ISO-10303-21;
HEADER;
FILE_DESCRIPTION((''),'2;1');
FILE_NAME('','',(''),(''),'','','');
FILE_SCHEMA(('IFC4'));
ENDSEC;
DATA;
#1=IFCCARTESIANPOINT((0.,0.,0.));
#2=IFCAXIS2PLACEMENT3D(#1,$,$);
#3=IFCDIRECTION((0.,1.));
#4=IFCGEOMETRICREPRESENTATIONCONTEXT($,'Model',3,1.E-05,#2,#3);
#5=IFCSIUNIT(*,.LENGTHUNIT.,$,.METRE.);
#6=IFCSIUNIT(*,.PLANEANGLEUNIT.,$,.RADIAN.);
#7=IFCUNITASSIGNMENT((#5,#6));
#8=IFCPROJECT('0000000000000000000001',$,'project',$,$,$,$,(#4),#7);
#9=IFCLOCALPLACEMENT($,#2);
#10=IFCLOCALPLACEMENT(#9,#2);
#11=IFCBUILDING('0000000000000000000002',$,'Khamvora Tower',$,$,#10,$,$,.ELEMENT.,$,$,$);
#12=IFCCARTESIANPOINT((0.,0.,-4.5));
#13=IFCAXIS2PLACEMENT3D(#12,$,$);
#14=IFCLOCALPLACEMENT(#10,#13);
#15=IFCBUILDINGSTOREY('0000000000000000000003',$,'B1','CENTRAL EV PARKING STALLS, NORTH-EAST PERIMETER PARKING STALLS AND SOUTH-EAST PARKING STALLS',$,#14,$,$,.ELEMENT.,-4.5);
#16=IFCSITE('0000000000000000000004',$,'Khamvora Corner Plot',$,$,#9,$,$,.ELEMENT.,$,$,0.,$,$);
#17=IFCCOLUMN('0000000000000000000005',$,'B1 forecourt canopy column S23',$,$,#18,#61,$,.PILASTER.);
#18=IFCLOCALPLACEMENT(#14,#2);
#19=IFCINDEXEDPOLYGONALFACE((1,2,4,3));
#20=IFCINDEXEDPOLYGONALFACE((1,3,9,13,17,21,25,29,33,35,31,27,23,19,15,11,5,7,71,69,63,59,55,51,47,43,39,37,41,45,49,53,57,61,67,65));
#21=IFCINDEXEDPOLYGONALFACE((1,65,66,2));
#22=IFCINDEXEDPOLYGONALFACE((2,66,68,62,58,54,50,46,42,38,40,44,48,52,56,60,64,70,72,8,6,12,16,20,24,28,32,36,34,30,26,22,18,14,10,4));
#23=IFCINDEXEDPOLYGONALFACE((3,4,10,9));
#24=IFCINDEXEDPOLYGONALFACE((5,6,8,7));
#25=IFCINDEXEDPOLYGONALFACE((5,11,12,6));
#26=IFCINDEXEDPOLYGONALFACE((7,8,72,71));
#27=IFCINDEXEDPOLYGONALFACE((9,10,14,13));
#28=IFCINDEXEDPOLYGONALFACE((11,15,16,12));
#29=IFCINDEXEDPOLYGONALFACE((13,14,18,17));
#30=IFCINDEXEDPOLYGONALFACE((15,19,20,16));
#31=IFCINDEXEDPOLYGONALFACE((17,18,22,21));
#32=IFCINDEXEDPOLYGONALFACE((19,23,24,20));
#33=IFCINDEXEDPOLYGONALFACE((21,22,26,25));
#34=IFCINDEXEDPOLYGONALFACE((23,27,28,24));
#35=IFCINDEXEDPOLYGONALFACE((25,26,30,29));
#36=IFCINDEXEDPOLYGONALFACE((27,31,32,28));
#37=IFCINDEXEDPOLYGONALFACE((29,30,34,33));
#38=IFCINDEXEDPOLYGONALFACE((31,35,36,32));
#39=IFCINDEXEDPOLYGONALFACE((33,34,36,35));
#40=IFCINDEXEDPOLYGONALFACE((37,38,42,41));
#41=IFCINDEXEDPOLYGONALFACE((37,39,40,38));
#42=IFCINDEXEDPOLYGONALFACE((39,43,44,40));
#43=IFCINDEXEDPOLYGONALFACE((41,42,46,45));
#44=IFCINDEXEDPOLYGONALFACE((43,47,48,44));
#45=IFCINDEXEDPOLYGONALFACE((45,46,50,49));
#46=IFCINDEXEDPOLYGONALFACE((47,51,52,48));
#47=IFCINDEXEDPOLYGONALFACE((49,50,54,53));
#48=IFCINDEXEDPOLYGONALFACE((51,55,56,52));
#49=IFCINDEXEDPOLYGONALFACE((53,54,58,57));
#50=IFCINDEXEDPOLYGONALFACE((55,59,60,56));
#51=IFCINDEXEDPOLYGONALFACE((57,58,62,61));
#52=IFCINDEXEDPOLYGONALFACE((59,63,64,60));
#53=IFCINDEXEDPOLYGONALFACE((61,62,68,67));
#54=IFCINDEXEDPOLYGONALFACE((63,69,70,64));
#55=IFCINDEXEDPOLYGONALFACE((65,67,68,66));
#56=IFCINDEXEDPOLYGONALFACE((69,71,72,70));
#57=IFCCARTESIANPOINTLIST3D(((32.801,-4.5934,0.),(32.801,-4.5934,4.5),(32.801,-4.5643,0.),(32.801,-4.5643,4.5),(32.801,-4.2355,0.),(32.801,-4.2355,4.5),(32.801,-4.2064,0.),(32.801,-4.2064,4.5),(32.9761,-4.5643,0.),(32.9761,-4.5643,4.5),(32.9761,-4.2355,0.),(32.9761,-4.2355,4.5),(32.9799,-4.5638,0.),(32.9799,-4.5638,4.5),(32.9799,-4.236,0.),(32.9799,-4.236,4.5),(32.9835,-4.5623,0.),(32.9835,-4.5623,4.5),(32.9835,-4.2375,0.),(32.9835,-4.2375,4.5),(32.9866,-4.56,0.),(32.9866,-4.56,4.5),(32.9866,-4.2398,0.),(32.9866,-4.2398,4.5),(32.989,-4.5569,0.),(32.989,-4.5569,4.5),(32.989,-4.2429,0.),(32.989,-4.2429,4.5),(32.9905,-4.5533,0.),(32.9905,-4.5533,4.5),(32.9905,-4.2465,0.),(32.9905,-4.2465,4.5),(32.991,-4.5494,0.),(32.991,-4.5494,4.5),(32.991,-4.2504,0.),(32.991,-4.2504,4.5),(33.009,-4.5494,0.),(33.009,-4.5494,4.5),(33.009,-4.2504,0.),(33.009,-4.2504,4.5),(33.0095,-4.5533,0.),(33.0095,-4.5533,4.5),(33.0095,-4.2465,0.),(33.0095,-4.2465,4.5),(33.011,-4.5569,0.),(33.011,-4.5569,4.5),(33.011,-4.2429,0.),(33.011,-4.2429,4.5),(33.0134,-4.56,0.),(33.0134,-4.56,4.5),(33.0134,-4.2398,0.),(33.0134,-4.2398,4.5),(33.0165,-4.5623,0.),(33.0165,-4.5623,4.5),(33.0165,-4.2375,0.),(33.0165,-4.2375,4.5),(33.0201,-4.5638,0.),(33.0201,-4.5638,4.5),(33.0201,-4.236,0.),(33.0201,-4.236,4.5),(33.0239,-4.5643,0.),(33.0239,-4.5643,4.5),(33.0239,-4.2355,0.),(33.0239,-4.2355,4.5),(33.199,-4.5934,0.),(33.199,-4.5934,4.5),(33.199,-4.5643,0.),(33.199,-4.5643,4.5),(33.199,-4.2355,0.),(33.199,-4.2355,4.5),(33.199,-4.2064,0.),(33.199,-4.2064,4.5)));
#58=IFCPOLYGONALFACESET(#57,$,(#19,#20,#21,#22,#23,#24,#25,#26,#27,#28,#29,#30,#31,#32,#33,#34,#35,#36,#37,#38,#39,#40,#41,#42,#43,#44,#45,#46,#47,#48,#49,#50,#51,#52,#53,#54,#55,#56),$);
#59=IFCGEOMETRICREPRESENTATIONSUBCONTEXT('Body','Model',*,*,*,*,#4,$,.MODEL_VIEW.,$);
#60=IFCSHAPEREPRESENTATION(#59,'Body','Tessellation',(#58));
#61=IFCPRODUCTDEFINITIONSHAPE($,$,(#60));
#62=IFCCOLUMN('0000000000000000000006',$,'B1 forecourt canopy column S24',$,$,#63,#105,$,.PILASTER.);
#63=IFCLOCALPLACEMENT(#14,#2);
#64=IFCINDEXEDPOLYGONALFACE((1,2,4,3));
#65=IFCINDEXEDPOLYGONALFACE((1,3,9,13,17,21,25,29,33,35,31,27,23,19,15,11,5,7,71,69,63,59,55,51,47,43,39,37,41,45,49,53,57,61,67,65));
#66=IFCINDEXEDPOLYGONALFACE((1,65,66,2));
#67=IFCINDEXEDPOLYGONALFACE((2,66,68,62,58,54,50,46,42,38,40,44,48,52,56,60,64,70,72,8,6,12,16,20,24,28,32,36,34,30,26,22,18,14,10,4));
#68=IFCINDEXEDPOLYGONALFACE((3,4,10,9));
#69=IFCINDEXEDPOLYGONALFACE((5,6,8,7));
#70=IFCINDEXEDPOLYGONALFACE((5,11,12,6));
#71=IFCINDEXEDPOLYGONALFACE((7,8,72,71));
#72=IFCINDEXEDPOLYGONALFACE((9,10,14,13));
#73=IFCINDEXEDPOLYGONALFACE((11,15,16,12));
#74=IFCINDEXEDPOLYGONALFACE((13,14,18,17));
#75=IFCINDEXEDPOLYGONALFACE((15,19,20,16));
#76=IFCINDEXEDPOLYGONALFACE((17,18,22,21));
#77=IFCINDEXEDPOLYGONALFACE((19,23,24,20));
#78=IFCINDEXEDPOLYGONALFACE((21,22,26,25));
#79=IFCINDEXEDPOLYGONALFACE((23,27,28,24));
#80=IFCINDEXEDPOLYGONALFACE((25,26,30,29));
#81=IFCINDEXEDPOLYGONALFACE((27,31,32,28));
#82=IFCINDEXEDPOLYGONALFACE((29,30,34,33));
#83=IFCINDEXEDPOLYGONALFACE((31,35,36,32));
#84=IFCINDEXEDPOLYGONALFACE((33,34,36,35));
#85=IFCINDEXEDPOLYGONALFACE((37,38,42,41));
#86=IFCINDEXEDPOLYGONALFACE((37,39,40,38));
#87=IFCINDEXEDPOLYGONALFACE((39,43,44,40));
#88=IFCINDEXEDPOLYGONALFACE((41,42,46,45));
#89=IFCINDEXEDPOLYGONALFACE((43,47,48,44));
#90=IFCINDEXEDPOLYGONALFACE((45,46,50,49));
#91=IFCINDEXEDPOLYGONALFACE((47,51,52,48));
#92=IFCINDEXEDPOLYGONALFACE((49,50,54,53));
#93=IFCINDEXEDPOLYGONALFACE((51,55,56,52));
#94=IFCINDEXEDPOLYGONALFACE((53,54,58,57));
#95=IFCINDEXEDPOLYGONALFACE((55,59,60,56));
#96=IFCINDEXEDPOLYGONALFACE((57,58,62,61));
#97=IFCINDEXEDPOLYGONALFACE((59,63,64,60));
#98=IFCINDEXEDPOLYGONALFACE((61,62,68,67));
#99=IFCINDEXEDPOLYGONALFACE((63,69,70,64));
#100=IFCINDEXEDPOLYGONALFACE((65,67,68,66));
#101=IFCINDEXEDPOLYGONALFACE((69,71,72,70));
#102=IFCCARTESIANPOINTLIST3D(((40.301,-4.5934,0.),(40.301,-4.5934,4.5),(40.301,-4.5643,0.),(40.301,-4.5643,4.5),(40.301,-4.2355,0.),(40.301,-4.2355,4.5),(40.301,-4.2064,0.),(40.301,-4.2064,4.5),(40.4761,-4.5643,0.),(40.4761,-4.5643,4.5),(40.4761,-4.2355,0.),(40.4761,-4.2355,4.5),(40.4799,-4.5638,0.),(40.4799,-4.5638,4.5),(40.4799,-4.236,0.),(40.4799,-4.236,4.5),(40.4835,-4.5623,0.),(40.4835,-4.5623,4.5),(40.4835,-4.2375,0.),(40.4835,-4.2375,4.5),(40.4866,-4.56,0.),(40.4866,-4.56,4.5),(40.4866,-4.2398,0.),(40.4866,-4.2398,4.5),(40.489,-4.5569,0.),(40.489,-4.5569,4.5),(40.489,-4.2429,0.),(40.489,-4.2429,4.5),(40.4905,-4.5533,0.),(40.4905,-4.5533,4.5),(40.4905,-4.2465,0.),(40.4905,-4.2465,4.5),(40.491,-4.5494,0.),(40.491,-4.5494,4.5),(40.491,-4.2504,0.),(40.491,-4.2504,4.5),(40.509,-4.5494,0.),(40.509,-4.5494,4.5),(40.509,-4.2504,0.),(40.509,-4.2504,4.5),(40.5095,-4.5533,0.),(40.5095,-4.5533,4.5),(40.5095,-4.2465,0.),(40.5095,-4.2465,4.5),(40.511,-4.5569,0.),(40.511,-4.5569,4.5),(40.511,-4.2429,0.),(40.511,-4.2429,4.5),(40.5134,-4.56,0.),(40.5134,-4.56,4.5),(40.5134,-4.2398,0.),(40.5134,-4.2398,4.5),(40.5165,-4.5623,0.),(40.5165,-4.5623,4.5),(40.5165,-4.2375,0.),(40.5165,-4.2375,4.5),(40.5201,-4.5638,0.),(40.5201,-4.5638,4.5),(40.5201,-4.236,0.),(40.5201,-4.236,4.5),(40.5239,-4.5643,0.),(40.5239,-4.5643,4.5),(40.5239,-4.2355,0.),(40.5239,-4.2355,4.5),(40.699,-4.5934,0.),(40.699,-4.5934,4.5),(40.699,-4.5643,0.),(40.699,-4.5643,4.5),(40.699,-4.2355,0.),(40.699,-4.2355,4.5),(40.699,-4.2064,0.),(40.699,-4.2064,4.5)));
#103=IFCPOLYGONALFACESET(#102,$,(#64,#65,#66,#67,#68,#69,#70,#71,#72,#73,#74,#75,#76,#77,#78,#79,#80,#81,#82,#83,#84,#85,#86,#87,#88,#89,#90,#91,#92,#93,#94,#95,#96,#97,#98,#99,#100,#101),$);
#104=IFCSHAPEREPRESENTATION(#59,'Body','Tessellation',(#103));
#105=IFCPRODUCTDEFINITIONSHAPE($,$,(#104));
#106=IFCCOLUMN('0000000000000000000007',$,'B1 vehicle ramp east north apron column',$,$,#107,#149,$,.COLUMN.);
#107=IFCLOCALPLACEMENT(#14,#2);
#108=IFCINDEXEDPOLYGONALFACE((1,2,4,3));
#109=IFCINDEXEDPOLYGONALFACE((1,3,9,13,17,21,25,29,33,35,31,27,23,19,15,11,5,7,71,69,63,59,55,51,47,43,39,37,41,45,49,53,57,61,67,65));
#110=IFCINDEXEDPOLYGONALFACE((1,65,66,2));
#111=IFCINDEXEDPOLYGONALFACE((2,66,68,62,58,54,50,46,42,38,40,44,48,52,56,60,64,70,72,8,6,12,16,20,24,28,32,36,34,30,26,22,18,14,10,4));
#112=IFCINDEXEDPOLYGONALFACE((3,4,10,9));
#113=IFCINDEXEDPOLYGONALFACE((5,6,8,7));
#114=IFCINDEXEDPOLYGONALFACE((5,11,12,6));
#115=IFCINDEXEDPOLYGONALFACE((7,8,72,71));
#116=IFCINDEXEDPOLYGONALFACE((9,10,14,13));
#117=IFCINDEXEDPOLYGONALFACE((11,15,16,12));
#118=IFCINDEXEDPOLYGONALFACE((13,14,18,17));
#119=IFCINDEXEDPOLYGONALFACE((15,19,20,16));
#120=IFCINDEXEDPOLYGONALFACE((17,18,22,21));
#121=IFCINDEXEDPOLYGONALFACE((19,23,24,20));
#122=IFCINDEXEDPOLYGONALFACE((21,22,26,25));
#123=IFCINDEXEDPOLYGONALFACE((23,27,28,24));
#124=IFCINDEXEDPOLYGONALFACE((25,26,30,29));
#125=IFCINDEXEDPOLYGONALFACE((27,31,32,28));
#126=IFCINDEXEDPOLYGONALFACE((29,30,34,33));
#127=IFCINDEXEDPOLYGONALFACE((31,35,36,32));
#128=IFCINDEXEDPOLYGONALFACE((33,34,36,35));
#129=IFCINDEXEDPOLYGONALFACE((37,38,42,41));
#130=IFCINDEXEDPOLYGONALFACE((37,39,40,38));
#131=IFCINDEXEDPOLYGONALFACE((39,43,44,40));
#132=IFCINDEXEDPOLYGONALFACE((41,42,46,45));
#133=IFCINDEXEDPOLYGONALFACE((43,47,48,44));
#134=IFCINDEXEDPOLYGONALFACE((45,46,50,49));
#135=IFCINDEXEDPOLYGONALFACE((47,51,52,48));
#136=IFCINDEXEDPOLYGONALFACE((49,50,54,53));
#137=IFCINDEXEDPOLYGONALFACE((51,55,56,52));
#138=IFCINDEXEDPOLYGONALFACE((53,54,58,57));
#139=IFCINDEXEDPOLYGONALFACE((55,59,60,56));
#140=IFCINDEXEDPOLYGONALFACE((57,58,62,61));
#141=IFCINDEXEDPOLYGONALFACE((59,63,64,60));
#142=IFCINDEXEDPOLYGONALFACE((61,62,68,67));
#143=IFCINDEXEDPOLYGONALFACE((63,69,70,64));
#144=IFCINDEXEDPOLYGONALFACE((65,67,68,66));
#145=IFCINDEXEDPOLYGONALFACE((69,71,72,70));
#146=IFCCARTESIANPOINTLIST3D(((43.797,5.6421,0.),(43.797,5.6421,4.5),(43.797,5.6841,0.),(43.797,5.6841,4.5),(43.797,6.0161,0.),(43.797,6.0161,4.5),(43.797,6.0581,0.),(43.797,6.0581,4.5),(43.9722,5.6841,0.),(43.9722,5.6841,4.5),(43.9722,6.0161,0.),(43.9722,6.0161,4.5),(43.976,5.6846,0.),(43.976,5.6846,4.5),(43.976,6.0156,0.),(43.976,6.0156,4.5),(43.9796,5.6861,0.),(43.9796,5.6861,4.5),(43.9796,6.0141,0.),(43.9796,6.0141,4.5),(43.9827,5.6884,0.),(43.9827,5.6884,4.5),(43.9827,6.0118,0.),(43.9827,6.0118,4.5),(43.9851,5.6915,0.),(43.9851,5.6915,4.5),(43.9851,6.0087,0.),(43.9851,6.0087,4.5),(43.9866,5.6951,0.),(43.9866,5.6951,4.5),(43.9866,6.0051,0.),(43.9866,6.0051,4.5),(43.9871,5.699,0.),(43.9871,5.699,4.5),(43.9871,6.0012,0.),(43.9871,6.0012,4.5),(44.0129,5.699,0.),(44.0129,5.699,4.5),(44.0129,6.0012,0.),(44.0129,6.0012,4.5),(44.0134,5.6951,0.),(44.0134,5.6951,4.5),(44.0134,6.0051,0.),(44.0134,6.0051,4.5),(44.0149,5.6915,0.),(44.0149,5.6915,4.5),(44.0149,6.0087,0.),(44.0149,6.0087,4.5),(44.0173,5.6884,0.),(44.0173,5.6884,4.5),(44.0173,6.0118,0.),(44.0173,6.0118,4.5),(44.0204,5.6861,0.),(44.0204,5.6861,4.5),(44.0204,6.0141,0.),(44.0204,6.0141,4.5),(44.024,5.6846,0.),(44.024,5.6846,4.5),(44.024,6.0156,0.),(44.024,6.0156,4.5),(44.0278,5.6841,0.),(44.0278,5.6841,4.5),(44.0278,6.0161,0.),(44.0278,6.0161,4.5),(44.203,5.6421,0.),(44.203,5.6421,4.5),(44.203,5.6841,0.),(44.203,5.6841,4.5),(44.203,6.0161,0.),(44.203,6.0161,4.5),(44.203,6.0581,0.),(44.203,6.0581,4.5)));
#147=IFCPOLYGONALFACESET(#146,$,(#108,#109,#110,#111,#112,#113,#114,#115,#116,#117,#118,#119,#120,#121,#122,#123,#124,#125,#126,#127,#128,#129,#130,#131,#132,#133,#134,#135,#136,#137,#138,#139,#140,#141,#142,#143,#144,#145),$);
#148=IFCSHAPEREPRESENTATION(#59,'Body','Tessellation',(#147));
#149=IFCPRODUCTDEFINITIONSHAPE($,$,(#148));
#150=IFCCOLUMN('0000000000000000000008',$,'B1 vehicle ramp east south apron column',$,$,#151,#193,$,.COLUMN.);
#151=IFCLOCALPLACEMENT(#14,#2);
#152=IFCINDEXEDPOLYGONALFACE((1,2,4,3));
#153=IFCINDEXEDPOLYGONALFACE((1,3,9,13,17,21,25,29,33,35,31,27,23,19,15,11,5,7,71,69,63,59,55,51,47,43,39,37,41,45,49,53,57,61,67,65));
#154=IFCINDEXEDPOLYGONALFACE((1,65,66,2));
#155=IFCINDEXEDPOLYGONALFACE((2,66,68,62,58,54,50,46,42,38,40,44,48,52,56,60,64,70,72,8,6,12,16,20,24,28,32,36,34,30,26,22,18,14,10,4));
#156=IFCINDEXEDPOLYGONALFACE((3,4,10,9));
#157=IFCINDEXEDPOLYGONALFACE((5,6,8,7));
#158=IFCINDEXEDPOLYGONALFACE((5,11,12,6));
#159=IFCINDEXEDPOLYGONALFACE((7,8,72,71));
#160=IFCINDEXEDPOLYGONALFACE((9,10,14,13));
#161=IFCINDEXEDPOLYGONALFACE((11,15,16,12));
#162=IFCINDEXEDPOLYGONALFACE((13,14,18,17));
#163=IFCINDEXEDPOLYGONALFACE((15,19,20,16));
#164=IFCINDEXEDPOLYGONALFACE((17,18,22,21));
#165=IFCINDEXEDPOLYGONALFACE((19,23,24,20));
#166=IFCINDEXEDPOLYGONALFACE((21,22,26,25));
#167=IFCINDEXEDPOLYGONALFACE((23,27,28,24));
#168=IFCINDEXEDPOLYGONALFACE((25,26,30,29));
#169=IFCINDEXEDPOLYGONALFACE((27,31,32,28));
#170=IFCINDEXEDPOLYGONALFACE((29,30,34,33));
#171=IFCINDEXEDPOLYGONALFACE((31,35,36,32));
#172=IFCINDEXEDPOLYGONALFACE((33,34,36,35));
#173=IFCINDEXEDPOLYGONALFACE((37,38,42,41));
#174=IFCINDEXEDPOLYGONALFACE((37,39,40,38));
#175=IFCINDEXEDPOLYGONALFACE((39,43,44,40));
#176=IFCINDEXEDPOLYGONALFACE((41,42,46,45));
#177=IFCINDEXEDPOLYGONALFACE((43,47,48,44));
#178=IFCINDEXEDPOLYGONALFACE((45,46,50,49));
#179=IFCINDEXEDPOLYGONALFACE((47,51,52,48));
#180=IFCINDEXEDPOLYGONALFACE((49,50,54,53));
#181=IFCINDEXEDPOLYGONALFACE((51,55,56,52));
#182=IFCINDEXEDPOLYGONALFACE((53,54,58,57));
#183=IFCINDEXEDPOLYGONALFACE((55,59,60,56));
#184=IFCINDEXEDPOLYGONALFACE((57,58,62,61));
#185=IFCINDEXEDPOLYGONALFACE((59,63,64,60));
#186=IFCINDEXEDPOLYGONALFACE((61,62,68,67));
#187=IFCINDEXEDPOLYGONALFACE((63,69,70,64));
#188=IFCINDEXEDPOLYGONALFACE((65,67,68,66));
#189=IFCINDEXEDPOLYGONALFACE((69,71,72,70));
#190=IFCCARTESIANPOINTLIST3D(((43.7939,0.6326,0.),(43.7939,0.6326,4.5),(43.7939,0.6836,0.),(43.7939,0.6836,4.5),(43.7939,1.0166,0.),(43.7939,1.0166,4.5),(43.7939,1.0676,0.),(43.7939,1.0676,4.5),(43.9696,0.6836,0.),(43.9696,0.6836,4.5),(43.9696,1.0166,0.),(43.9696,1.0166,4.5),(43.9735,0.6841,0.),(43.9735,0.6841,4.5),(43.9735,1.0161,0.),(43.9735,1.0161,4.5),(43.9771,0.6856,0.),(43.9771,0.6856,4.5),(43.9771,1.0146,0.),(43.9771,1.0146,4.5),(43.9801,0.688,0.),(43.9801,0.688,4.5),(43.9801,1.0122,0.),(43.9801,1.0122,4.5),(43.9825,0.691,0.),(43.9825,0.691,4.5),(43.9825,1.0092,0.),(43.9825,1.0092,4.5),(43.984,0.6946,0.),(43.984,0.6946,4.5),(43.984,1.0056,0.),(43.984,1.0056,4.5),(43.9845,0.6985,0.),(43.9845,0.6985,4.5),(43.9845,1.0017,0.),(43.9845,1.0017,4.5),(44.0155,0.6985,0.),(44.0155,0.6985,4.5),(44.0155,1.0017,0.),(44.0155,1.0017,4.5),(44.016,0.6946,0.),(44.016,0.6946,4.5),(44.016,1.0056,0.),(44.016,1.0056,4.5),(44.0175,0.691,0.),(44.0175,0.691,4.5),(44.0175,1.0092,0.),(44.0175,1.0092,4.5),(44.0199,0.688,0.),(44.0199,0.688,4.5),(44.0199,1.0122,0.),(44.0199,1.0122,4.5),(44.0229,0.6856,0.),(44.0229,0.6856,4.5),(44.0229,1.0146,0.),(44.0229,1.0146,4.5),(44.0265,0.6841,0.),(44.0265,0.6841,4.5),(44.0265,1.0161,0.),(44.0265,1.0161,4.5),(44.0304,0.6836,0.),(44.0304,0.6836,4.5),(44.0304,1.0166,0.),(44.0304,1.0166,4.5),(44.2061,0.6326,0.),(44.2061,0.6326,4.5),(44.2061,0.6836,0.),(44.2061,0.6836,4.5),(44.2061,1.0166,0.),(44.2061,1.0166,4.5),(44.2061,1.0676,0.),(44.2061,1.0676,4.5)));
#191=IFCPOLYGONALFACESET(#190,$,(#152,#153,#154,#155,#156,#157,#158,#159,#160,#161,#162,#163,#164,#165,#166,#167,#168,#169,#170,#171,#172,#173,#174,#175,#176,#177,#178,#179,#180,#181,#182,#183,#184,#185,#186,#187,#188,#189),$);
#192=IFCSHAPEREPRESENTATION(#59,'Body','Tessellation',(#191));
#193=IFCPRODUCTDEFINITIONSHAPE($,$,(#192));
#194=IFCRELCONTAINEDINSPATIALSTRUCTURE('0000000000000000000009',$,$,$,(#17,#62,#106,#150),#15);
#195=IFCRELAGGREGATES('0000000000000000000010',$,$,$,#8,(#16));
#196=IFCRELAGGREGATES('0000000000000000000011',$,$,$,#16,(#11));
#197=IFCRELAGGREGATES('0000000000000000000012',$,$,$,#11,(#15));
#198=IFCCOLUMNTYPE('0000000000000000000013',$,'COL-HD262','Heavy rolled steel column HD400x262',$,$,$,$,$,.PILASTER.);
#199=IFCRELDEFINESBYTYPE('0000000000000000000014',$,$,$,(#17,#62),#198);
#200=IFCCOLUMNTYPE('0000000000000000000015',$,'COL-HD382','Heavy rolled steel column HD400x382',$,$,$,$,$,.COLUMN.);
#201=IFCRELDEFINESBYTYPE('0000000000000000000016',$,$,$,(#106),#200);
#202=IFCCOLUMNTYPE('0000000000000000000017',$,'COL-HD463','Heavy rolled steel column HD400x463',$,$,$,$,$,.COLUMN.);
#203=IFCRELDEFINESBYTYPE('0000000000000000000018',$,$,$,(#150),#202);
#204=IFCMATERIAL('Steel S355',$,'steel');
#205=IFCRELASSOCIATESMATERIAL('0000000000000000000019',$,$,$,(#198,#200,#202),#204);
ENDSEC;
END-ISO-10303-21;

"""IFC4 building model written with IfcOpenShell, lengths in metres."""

from ifc_helpers import new_model, si_unit, direction, frame, origin, origin_2d, place, context, subcontext, project, spatial, i_section, extrude, material, material_profile, profile_set, type_object, element, save


model = new_model("IFC4")

# Units and contexts
model_context = context("Model", 3, precision=1e-05, world=origin(), true_north=direction((0.0, 1.0)))
body_context = subcontext(model_context, "Body", "Model", "MODEL_VIEW")
ifc_project = project(units=[si_unit("LENGTHUNIT", "METRE"), si_unit("PLANEANGLEUNIT", "RADIAN")], contexts=[model_context])

# Site, building, storey
site_placement = place(None, origin())
site = spatial("IfcSite", under=ifc_project, at=site_placement, Name="Khamvora Corner Plot", CompositionType="ELEMENT", RefElevation=0.0)
building_placement = place(site_placement, origin())
building = spatial("IfcBuilding", under=site, at=building_placement, Name="Khamvora Tower", CompositionType="ELEMENT")
storey_placement = place(building_placement, frame((0.0, 0.0, -4.5)))
storey = spatial("IfcBuildingStorey", under=building, at=storey_placement, Name="B1", Description="CENTRAL EV PARKING STALLS, NORTH-EAST PERIMETER PARKING STALLS AND SOUTH-EAST PARKING STALLS", CompositionType="ELEMENT", Elevation=-4.5)

# Columns
ifc_material_1 = material(Name="Steel S355", Category="steel")
ifc_material_profile_1 = material_profile(ifc_material_1, i_section(OverallWidth=0.3979, OverallDepth=0.387, WebThickness=0.0181, FlangeThickness=0.0291, FilletRadius=0.0149, at=origin_2d()), Name="HD400x262")
ifc_profile_set_1 = profile_set([ifc_material_profile_1], Name="Steel S355")
column_type_1 = type_object("IfcColumnType", Name="COL-HD262", Description="Heavy rolled steel column HD400x262", PredefinedType="PILASTER", material=ifc_profile_set_1)
for number, where, z_axis, x_axis, name in (
    (1, (33.0, -4.3999, 0.0), (0.0, 0.0, 1.0), (1.0, 0.0, 0.0), "B1 forecourt canopy column S23"),
    (2, (40.5, -4.3999, 0.0), (0.0, 0.0, 1.0), (1.0, 0.0, 0.0), "B1 forecourt canopy column S24"),
):
    element("IfcColumn", number, at=place(storey_placement, frame(where, z_axis=z_axis, x_axis=x_axis)), inside=storey, type_object=column_type_1, Name=name, PredefinedType="PILASTER", context=body_context, shape_type="SweptSolid", body=[
        extrude(i_section(OverallWidth=0.3979, OverallDepth=0.387, WebThickness=0.0181, FlangeThickness=0.0291, FilletRadius=0.0149, at=origin_2d()), origin(), (0.0, 0.0, 1.0), 4.5),
    ])
ifc_material_profile_2 = material_profile(ifc_material_1, i_section(OverallWidth=0.406, OverallDepth=0.416, WebThickness=0.0259, FlangeThickness=0.042, FilletRadius=0.0149, at=origin_2d()), Name="HD400x382")
ifc_profile_set_2 = profile_set([ifc_material_profile_2], Name="Steel S355")
column_type_2 = type_object("IfcColumnType", Name="COL-HD382", Description="Heavy rolled steel column HD400x382", PredefinedType="COLUMN", material=ifc_profile_set_2)
column_1_placement = place(storey_placement, frame((44.0, 5.8501, 0.0), z_axis=(0.0, 0.0, 1.0), x_axis=(1.0, 0.0, 0.0)))
element("IfcColumn", 3, at=column_1_placement, inside=storey, type_object=column_type_2, Name="B1 vehicle ramp east north apron column", PredefinedType="COLUMN", context=body_context, shape_type="SweptSolid", body=[
    extrude(i_section(OverallWidth=0.406, OverallDepth=0.416, WebThickness=0.0259, FlangeThickness=0.042, FilletRadius=0.0149, at=origin_2d()), origin(), (0.0, 0.0, 1.0), 4.5),
])
ifc_material_profile_3 = material_profile(ifc_material_1, i_section(OverallWidth=0.4121, OverallDepth=0.4351, WebThickness=0.031, FlangeThickness=0.051, FilletRadius=0.0149, at=origin_2d()), Name="HD400x463")
ifc_profile_set_3 = profile_set([ifc_material_profile_3], Name="Steel S355")
column_type_3 = type_object("IfcColumnType", Name="COL-HD463", Description="Heavy rolled steel column HD400x463", PredefinedType="COLUMN", material=ifc_profile_set_3)
column_2_placement = place(storey_placement, frame((44.0, 0.8501, 0.0), z_axis=(0.0, 0.0, 1.0), x_axis=(1.0, 0.0, 0.0)))
element("IfcColumn", 4, at=column_2_placement, inside=storey, type_object=column_type_3, Name="B1 vehicle ramp east south apron column", PredefinedType="COLUMN", context=body_context, shape_type="SweptSolid", body=[
    extrude(i_section(OverallWidth=0.4121, OverallDepth=0.4351, WebThickness=0.031, FlangeThickness=0.051, FilletRadius=0.0149, at=origin_2d()), origin(), (0.0, 0.0, 1.0), 4.5),
])

save(model, "model.ifc")
